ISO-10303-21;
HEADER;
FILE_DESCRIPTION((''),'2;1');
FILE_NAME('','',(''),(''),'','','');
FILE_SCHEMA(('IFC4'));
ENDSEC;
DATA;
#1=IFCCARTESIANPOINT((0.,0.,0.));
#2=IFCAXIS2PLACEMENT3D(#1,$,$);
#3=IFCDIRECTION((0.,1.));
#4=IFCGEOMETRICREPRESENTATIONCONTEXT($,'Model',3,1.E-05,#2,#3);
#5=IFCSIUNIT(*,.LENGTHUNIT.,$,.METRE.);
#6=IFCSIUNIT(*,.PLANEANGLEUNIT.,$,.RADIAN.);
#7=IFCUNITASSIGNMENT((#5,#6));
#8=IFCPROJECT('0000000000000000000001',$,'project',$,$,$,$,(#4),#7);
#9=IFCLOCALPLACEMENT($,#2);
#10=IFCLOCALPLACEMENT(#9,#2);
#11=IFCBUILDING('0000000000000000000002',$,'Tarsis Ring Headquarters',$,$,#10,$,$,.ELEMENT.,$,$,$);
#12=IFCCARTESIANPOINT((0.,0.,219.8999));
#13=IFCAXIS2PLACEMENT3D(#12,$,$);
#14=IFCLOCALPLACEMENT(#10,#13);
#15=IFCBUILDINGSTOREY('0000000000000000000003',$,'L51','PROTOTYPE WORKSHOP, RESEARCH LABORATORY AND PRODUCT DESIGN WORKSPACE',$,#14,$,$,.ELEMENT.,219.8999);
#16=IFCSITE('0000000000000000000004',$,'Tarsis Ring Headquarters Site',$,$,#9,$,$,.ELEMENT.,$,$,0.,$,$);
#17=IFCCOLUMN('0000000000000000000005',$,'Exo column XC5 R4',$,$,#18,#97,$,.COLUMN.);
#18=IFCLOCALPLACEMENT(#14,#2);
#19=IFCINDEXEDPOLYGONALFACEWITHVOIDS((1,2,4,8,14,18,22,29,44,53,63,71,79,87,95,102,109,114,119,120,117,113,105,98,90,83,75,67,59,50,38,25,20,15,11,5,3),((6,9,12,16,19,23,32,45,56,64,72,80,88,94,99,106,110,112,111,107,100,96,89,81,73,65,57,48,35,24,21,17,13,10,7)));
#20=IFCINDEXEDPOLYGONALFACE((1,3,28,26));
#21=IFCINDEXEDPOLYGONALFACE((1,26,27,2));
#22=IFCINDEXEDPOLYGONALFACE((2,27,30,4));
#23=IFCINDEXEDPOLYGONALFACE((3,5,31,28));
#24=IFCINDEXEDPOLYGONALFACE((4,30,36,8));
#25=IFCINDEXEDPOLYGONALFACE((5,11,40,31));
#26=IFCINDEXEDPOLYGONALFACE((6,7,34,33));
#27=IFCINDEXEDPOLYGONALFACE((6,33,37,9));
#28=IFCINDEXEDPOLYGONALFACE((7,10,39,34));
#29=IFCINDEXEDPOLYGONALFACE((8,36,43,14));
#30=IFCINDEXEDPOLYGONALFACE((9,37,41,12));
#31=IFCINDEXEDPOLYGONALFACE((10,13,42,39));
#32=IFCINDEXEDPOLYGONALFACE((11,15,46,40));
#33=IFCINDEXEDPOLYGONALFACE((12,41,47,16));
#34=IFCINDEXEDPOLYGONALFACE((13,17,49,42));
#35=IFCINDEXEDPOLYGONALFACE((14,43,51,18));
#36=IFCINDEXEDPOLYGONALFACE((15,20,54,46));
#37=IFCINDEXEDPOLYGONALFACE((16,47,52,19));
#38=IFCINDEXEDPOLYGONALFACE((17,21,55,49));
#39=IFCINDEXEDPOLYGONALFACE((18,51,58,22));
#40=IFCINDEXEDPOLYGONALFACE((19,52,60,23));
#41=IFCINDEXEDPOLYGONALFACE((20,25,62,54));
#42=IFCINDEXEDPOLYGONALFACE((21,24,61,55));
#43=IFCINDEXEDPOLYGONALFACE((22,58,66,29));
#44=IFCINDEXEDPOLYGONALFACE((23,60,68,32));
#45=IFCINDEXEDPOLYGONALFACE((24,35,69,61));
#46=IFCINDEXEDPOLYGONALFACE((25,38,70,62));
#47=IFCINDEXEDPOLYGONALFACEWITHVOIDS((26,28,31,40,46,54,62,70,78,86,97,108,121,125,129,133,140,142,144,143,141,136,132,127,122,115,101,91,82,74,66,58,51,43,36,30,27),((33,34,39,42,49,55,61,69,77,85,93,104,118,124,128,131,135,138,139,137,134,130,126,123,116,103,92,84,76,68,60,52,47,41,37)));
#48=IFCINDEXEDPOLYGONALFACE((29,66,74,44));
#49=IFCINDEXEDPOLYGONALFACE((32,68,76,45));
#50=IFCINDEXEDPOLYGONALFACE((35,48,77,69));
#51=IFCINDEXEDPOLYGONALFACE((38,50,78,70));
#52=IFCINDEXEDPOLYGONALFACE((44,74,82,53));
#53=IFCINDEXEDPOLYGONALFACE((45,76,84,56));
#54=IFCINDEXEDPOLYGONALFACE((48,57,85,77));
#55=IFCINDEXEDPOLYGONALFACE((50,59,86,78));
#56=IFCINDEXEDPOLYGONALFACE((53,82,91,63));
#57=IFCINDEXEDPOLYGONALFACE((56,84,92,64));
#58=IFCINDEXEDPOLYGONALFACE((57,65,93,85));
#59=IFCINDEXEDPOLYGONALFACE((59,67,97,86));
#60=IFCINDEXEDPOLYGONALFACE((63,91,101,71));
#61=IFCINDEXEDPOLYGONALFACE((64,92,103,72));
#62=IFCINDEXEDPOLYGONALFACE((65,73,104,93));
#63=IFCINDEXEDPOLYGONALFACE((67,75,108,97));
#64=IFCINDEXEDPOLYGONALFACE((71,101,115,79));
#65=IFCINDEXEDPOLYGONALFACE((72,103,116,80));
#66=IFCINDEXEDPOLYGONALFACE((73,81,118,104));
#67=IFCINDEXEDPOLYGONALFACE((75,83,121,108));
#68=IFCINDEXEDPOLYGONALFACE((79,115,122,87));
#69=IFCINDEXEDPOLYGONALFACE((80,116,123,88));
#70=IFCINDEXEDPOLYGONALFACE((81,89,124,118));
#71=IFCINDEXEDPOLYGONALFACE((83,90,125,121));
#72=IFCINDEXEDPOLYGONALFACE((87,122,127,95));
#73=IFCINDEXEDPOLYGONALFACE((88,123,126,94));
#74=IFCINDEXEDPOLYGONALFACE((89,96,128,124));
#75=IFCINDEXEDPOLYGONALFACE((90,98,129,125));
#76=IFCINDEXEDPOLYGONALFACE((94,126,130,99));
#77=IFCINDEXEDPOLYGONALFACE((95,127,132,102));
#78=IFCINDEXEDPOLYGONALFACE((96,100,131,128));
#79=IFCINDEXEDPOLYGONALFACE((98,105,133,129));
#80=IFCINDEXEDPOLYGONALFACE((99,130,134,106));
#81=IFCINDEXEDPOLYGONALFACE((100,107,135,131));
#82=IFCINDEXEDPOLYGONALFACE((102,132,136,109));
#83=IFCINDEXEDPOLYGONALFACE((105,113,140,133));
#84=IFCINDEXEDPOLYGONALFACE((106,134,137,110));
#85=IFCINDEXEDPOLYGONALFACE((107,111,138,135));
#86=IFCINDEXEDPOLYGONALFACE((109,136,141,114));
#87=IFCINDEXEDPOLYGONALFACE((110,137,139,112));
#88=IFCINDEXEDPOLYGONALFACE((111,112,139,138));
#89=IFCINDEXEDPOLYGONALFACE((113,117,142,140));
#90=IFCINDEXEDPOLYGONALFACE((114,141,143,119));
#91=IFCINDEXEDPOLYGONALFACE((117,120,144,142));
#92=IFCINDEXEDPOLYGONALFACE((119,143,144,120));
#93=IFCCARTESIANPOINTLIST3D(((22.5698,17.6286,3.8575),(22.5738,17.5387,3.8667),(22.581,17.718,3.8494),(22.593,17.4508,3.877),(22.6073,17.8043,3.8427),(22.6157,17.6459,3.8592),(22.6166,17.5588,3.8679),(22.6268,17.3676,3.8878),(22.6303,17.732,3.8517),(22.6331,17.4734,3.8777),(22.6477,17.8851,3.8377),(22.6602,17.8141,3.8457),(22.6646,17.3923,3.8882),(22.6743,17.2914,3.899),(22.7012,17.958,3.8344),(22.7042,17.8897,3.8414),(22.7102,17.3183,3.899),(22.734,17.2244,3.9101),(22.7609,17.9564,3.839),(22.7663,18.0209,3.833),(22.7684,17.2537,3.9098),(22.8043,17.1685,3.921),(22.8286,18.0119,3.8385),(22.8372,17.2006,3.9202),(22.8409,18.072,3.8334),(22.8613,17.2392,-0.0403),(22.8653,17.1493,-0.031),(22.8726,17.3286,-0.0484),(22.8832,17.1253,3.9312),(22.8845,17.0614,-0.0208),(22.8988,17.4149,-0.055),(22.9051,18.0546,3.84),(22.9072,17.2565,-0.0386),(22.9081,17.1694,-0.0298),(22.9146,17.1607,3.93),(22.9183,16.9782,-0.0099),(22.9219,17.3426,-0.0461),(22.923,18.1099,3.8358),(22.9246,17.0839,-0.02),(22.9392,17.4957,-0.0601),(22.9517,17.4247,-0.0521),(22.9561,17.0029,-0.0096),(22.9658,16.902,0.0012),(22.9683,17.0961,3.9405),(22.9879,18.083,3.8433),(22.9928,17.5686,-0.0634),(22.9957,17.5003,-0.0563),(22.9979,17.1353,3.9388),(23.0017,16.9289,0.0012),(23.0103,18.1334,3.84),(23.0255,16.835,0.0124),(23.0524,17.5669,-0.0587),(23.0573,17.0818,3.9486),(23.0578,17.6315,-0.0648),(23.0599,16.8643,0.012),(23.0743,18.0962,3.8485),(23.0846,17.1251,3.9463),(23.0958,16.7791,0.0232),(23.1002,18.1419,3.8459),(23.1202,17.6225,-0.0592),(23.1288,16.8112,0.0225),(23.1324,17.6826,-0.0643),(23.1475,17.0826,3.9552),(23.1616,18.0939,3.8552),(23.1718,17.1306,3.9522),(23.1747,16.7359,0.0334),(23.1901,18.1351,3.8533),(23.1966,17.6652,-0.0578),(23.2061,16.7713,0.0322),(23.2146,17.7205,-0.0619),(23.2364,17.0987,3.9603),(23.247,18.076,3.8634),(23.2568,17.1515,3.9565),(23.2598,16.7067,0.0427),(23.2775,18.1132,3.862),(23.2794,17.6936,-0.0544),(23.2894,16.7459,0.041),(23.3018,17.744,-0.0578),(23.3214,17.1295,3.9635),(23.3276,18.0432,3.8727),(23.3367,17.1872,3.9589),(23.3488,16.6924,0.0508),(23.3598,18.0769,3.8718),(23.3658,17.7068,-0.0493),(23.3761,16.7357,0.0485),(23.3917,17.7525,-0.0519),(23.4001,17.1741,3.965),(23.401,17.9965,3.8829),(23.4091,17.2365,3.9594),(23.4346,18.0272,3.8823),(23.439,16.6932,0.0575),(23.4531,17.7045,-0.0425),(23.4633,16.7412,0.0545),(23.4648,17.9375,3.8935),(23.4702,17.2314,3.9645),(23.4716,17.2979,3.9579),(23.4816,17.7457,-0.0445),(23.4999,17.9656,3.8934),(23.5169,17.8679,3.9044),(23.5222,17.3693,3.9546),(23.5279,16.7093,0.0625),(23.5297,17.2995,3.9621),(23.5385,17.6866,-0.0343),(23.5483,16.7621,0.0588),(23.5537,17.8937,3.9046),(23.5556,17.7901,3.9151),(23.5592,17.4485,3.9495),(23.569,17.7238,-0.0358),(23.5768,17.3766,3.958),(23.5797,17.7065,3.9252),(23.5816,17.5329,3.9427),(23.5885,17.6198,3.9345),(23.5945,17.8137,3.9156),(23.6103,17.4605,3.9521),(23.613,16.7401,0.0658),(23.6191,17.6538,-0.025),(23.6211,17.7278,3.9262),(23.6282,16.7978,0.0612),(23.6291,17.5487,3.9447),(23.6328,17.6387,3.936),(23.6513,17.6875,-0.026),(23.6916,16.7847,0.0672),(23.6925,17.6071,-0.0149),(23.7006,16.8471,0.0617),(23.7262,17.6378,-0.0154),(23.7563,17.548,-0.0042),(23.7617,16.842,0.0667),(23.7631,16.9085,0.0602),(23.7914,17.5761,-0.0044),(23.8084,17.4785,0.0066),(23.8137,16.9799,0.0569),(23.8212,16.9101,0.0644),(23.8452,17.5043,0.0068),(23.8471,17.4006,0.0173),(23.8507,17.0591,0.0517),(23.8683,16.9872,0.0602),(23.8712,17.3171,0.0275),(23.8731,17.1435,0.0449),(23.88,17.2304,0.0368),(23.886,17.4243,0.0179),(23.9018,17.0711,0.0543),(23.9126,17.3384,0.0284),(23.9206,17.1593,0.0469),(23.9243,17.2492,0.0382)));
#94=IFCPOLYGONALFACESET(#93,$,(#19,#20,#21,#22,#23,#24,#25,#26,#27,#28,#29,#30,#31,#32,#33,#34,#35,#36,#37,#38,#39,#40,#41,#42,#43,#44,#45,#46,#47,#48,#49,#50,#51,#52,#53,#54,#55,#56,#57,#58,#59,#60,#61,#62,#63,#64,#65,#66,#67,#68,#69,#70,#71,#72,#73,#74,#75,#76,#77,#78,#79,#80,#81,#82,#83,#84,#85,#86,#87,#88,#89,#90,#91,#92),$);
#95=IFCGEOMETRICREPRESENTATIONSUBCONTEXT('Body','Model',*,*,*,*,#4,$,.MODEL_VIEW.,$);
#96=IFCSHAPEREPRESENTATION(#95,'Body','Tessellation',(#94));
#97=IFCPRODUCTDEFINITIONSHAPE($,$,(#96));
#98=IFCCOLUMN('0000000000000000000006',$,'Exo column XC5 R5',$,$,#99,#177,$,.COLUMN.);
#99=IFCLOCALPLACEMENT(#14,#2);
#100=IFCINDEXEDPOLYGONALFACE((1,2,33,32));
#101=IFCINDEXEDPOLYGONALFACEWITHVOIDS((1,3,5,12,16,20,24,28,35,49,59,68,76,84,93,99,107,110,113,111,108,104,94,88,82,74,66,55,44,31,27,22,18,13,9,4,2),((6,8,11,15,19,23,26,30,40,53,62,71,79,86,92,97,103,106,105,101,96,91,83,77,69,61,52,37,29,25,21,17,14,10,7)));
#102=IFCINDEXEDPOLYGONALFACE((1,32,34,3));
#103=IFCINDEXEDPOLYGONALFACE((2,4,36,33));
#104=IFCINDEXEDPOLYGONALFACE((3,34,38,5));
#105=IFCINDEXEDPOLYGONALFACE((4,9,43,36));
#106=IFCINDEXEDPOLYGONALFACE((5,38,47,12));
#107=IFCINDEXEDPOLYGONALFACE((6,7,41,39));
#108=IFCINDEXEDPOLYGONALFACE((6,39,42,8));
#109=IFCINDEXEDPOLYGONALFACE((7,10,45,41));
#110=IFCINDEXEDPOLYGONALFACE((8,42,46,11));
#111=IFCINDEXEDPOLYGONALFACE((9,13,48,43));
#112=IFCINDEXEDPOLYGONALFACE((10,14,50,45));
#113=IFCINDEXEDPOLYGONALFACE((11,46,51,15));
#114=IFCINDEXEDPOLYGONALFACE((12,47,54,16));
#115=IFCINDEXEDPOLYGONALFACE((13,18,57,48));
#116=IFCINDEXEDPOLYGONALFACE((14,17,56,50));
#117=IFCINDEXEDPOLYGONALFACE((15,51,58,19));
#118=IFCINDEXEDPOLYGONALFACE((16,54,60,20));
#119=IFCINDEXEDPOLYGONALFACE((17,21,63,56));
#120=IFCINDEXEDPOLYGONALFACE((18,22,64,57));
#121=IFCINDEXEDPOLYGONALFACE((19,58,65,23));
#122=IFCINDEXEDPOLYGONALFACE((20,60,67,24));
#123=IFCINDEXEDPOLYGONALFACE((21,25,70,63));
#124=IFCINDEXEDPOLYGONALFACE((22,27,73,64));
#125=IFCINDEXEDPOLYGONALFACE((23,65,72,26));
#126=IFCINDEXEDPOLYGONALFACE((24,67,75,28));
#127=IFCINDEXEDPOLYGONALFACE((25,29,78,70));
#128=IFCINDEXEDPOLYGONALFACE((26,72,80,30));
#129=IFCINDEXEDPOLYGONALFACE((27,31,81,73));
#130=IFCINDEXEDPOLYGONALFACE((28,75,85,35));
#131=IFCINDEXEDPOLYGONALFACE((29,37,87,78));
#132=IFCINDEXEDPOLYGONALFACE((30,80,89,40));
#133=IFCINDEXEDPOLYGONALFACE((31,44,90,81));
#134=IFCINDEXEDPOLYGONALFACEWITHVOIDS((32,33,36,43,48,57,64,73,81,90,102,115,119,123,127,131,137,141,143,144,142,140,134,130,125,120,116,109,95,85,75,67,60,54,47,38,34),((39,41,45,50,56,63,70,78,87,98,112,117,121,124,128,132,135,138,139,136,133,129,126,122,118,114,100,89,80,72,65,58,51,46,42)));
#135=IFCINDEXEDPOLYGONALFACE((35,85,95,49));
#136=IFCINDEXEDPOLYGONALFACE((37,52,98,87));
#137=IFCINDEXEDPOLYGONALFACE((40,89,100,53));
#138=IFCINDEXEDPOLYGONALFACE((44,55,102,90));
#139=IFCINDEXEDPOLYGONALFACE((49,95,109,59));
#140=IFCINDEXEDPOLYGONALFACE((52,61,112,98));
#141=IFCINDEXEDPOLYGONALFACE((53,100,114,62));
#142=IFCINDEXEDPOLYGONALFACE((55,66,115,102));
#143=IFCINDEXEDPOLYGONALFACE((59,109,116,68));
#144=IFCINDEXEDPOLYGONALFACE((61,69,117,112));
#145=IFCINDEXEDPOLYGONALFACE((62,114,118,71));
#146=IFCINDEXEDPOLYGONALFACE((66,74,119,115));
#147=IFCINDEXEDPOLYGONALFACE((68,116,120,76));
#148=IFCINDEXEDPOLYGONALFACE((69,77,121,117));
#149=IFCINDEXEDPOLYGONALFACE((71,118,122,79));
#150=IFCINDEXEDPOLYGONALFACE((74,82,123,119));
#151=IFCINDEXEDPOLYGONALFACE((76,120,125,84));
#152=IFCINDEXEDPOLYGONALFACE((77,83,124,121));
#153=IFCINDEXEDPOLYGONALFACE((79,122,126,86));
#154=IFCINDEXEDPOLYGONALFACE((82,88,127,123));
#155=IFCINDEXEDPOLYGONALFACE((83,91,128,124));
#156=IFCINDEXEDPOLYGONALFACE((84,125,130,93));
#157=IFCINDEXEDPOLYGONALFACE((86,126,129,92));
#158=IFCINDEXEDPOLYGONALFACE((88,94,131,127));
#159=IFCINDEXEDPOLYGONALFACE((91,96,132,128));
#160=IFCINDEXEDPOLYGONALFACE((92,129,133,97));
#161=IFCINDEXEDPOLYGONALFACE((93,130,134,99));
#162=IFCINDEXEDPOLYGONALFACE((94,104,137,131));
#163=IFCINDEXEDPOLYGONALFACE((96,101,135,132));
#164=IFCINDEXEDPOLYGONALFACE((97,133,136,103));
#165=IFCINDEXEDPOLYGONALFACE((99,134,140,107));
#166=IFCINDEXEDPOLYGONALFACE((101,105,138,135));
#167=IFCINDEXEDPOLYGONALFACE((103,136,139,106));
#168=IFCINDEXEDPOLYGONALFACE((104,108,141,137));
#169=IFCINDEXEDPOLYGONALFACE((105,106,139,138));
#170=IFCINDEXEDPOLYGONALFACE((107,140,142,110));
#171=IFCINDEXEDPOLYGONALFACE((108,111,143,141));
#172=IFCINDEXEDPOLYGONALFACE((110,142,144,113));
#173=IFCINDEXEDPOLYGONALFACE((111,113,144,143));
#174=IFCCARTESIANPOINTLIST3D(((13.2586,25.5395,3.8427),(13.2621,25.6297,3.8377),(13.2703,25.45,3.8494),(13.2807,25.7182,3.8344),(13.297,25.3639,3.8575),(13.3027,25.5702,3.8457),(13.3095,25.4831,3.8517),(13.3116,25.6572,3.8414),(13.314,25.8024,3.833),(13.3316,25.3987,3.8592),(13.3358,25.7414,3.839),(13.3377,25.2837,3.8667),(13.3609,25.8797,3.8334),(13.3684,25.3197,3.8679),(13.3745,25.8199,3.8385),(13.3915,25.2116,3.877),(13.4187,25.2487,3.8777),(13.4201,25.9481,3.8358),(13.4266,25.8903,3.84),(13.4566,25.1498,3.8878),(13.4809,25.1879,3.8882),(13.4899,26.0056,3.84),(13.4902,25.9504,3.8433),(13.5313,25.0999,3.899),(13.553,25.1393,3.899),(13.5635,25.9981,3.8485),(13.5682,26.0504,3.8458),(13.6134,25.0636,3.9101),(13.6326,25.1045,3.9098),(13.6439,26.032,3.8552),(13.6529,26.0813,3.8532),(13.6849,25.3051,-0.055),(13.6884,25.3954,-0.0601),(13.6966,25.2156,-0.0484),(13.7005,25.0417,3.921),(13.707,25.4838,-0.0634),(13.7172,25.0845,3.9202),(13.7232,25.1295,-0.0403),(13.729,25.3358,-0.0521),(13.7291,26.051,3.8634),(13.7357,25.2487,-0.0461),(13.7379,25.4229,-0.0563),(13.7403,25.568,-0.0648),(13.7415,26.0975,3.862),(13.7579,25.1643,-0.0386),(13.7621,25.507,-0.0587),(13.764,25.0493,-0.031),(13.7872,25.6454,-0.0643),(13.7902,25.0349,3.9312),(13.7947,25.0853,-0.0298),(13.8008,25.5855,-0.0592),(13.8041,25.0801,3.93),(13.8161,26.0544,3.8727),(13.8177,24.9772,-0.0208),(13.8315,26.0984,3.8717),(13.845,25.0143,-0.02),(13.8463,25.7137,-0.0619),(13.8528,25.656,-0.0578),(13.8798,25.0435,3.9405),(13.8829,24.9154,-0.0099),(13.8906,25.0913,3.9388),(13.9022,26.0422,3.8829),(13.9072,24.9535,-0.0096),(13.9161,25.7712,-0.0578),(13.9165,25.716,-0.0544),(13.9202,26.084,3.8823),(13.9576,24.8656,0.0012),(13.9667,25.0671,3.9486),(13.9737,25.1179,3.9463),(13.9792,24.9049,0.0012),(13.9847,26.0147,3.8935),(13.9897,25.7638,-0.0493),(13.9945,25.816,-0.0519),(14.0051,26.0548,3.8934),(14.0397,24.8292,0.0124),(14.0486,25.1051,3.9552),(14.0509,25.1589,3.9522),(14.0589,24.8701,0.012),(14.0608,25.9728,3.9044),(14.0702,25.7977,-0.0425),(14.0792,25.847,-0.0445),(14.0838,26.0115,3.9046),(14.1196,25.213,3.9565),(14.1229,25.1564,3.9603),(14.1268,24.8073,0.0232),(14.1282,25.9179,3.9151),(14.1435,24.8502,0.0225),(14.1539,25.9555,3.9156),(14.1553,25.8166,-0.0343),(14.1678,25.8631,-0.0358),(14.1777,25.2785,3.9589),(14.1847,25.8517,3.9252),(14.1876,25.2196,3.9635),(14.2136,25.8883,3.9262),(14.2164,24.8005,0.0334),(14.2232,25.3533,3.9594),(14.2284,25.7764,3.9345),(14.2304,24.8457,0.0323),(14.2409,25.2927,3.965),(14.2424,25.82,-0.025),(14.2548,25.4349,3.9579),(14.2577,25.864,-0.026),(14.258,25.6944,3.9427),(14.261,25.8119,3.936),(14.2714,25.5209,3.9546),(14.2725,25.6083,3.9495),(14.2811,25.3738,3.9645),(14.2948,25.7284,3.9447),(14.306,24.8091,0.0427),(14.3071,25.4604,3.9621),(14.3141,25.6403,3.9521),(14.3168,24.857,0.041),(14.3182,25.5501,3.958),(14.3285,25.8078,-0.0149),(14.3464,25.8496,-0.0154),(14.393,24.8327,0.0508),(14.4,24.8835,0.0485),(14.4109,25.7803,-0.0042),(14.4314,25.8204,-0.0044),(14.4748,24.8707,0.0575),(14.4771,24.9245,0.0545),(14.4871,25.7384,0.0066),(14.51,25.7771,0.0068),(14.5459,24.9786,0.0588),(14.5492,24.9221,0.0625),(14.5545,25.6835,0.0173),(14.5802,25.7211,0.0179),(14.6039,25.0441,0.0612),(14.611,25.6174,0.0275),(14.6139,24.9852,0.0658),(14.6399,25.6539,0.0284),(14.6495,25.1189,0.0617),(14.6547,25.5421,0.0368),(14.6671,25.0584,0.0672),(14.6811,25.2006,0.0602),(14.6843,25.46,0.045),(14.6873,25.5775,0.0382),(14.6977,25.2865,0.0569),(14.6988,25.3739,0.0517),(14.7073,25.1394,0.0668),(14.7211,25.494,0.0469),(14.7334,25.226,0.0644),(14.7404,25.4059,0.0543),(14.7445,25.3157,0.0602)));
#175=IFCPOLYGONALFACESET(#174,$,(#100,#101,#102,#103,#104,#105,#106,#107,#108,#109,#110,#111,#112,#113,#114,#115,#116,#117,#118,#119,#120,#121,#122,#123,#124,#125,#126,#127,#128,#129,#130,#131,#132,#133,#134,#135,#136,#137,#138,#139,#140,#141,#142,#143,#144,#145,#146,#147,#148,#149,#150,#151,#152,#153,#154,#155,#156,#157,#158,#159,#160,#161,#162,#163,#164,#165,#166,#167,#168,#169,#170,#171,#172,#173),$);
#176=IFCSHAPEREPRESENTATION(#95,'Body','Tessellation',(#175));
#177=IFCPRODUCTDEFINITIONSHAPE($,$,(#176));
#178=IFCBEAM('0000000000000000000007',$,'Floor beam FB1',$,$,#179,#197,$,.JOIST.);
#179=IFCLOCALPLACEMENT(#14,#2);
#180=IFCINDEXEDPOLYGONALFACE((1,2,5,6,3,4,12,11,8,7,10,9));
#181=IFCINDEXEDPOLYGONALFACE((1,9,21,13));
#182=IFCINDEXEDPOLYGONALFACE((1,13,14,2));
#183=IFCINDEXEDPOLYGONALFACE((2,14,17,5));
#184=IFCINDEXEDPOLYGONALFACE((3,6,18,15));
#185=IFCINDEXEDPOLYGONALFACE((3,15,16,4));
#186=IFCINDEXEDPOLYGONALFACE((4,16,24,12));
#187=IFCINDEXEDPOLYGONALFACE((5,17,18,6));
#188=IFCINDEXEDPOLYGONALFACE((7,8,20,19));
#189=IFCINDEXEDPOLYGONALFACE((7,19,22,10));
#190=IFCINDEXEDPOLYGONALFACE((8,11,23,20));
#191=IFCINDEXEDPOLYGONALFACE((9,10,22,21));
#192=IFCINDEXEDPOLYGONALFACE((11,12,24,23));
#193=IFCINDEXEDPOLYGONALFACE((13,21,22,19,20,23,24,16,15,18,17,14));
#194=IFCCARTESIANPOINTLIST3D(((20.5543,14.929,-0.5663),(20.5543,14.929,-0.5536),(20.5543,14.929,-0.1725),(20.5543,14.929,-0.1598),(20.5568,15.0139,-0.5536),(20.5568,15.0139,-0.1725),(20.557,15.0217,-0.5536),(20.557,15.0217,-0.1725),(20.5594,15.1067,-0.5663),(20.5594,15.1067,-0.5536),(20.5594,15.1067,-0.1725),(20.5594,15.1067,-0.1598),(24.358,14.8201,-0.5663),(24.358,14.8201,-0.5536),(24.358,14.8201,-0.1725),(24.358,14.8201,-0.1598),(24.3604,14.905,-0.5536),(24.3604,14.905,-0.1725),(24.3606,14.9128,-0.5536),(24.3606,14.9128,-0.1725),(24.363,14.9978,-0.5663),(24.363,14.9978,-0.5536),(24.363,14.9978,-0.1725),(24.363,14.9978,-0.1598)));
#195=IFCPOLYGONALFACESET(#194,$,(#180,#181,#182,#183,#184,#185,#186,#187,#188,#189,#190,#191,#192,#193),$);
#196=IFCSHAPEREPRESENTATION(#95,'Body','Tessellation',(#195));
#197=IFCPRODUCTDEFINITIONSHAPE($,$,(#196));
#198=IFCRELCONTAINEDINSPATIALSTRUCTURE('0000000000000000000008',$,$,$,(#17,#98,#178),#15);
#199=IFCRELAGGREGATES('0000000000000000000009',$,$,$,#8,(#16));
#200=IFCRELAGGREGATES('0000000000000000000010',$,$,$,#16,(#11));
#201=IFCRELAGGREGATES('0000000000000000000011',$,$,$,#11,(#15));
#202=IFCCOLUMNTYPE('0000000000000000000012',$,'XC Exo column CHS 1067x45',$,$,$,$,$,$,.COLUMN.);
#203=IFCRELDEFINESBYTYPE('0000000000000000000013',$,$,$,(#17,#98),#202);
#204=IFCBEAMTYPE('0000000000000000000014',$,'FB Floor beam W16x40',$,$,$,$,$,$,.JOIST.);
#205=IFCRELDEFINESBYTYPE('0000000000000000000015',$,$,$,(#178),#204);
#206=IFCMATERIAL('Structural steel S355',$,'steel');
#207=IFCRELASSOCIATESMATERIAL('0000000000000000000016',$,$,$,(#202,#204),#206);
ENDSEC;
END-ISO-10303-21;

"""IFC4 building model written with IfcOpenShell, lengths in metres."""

from ifc_helpers import new_model, si_unit, direction, frame, origin, origin_2d, place, context, subcontext, project, spatial, hollow_circle, i_section, extrude, material, material_profile, profile_set, type_object, element, save


model = new_model("IFC4")

# Units and contexts
model_context = context("Model", 3, precision=1e-05, world=origin(), true_north=direction((0.0, 1.0)))
body_context = subcontext(model_context, "Body", "Model", "MODEL_VIEW")
ifc_project = project(units=[si_unit("LENGTHUNIT", "METRE"), si_unit("PLANEANGLEUNIT", "RADIAN")], contexts=[model_context])

# Site, building, storey
site_placement = place(None, origin())
site = spatial("IfcSite", under=ifc_project, at=site_placement, Name="Tarsis Ring Headquarters Site", CompositionType="ELEMENT", RefElevation=0.0)
building_placement = place(site_placement, origin())
building = spatial("IfcBuilding", under=site, at=building_placement, Name="Tarsis Ring Headquarters", CompositionType="ELEMENT")
storey_placement = place(building_placement, frame((0.0, 0.0, 219.8999)))
storey = spatial("IfcBuildingStorey", under=building, at=storey_placement, Name="L51", Description="PROTOTYPE WORKSHOP, RESEARCH LABORATORY AND PRODUCT DESIGN WORKSPACE", CompositionType="ELEMENT", Elevation=219.8999)

# Columns
ifc_material_1 = material(Name="Structural steel S355", Category="steel")
ifc_material_profile_1 = material_profile(ifc_material_1, hollow_circle(Radius=0.5334, WallThickness=0.0449, at=origin_2d()), Name="CHS 1067x45")
ifc_profile_set_1 = profile_set([ifc_material_profile_1], Name="Structural steel S355")
column_type = type_object("IfcColumnType", Name="XC Exo column CHS 1067x45", PredefinedType="COLUMN", material=ifc_profile_set_1)
for number, where, z_axis, x_axis, name in (
    (1, (23.3928, 17.2217, 0.0012), (-0.074213, 0.099137, 0.992303), (-0.800542, -0.599277, 0.0), "Exo column XC5 R4"),
    (2, (14.2146, 25.333, 0.0012), (-0.108522, 0.059669, 0.992302), (-0.481803, -0.876279, 0.0), "Exo column XC5 R5"),
):
    element("IfcColumn", number, at=place(storey_placement, frame(where, z_axis=z_axis, x_axis=x_axis)), inside=storey, type_object=column_type, Name=name, PredefinedType="COLUMN", context=body_context, shape_type="SweptSolid", body=[
        extrude(hollow_circle(Radius=0.5334, WallThickness=0.0449, at=origin_2d()), origin(), (0.0, 0.0, 1.0), 3.928),
    ])

# Beam
ifc_material_profile_2 = material_profile(ifc_material_1, i_section(OverallWidth=0.1777, OverallDepth=0.4065, WebThickness=0.0078, FlangeThickness=0.0127, at=origin_2d()), Name="W16x40")
ifc_profile_set_2 = profile_set([ifc_material_profile_2], Name="Structural steel S355")
beam_type_1 = type_object("IfcBeamType", Name="FB Floor beam W16x40", PredefinedType="JOIST", material=ifc_profile_set_2)
for number, where, z_axis, x_axis, name in (
    (3, (20.5569, 15.0178, -0.363), (0.999591, -0.028615, 0.0), (0.028615, 0.999591, 0.0), "Floor beam FB1"),
):
    element("IfcBeam", number, at=place(storey_placement, frame(where, z_axis=z_axis, x_axis=x_axis)), inside=storey, type_object=beam_type_1, Name=name, PredefinedType="JOIST", context=body_context, shape_type="SweptSolid", body=[
        extrude(i_section(OverallWidth=0.1777, OverallDepth=0.4065, WebThickness=0.0078, FlangeThickness=0.0127, at=origin_2d()), origin(), (0.0, 0.0, 1.0), 3.8052),
    ])

save(model, "model.ifc")
